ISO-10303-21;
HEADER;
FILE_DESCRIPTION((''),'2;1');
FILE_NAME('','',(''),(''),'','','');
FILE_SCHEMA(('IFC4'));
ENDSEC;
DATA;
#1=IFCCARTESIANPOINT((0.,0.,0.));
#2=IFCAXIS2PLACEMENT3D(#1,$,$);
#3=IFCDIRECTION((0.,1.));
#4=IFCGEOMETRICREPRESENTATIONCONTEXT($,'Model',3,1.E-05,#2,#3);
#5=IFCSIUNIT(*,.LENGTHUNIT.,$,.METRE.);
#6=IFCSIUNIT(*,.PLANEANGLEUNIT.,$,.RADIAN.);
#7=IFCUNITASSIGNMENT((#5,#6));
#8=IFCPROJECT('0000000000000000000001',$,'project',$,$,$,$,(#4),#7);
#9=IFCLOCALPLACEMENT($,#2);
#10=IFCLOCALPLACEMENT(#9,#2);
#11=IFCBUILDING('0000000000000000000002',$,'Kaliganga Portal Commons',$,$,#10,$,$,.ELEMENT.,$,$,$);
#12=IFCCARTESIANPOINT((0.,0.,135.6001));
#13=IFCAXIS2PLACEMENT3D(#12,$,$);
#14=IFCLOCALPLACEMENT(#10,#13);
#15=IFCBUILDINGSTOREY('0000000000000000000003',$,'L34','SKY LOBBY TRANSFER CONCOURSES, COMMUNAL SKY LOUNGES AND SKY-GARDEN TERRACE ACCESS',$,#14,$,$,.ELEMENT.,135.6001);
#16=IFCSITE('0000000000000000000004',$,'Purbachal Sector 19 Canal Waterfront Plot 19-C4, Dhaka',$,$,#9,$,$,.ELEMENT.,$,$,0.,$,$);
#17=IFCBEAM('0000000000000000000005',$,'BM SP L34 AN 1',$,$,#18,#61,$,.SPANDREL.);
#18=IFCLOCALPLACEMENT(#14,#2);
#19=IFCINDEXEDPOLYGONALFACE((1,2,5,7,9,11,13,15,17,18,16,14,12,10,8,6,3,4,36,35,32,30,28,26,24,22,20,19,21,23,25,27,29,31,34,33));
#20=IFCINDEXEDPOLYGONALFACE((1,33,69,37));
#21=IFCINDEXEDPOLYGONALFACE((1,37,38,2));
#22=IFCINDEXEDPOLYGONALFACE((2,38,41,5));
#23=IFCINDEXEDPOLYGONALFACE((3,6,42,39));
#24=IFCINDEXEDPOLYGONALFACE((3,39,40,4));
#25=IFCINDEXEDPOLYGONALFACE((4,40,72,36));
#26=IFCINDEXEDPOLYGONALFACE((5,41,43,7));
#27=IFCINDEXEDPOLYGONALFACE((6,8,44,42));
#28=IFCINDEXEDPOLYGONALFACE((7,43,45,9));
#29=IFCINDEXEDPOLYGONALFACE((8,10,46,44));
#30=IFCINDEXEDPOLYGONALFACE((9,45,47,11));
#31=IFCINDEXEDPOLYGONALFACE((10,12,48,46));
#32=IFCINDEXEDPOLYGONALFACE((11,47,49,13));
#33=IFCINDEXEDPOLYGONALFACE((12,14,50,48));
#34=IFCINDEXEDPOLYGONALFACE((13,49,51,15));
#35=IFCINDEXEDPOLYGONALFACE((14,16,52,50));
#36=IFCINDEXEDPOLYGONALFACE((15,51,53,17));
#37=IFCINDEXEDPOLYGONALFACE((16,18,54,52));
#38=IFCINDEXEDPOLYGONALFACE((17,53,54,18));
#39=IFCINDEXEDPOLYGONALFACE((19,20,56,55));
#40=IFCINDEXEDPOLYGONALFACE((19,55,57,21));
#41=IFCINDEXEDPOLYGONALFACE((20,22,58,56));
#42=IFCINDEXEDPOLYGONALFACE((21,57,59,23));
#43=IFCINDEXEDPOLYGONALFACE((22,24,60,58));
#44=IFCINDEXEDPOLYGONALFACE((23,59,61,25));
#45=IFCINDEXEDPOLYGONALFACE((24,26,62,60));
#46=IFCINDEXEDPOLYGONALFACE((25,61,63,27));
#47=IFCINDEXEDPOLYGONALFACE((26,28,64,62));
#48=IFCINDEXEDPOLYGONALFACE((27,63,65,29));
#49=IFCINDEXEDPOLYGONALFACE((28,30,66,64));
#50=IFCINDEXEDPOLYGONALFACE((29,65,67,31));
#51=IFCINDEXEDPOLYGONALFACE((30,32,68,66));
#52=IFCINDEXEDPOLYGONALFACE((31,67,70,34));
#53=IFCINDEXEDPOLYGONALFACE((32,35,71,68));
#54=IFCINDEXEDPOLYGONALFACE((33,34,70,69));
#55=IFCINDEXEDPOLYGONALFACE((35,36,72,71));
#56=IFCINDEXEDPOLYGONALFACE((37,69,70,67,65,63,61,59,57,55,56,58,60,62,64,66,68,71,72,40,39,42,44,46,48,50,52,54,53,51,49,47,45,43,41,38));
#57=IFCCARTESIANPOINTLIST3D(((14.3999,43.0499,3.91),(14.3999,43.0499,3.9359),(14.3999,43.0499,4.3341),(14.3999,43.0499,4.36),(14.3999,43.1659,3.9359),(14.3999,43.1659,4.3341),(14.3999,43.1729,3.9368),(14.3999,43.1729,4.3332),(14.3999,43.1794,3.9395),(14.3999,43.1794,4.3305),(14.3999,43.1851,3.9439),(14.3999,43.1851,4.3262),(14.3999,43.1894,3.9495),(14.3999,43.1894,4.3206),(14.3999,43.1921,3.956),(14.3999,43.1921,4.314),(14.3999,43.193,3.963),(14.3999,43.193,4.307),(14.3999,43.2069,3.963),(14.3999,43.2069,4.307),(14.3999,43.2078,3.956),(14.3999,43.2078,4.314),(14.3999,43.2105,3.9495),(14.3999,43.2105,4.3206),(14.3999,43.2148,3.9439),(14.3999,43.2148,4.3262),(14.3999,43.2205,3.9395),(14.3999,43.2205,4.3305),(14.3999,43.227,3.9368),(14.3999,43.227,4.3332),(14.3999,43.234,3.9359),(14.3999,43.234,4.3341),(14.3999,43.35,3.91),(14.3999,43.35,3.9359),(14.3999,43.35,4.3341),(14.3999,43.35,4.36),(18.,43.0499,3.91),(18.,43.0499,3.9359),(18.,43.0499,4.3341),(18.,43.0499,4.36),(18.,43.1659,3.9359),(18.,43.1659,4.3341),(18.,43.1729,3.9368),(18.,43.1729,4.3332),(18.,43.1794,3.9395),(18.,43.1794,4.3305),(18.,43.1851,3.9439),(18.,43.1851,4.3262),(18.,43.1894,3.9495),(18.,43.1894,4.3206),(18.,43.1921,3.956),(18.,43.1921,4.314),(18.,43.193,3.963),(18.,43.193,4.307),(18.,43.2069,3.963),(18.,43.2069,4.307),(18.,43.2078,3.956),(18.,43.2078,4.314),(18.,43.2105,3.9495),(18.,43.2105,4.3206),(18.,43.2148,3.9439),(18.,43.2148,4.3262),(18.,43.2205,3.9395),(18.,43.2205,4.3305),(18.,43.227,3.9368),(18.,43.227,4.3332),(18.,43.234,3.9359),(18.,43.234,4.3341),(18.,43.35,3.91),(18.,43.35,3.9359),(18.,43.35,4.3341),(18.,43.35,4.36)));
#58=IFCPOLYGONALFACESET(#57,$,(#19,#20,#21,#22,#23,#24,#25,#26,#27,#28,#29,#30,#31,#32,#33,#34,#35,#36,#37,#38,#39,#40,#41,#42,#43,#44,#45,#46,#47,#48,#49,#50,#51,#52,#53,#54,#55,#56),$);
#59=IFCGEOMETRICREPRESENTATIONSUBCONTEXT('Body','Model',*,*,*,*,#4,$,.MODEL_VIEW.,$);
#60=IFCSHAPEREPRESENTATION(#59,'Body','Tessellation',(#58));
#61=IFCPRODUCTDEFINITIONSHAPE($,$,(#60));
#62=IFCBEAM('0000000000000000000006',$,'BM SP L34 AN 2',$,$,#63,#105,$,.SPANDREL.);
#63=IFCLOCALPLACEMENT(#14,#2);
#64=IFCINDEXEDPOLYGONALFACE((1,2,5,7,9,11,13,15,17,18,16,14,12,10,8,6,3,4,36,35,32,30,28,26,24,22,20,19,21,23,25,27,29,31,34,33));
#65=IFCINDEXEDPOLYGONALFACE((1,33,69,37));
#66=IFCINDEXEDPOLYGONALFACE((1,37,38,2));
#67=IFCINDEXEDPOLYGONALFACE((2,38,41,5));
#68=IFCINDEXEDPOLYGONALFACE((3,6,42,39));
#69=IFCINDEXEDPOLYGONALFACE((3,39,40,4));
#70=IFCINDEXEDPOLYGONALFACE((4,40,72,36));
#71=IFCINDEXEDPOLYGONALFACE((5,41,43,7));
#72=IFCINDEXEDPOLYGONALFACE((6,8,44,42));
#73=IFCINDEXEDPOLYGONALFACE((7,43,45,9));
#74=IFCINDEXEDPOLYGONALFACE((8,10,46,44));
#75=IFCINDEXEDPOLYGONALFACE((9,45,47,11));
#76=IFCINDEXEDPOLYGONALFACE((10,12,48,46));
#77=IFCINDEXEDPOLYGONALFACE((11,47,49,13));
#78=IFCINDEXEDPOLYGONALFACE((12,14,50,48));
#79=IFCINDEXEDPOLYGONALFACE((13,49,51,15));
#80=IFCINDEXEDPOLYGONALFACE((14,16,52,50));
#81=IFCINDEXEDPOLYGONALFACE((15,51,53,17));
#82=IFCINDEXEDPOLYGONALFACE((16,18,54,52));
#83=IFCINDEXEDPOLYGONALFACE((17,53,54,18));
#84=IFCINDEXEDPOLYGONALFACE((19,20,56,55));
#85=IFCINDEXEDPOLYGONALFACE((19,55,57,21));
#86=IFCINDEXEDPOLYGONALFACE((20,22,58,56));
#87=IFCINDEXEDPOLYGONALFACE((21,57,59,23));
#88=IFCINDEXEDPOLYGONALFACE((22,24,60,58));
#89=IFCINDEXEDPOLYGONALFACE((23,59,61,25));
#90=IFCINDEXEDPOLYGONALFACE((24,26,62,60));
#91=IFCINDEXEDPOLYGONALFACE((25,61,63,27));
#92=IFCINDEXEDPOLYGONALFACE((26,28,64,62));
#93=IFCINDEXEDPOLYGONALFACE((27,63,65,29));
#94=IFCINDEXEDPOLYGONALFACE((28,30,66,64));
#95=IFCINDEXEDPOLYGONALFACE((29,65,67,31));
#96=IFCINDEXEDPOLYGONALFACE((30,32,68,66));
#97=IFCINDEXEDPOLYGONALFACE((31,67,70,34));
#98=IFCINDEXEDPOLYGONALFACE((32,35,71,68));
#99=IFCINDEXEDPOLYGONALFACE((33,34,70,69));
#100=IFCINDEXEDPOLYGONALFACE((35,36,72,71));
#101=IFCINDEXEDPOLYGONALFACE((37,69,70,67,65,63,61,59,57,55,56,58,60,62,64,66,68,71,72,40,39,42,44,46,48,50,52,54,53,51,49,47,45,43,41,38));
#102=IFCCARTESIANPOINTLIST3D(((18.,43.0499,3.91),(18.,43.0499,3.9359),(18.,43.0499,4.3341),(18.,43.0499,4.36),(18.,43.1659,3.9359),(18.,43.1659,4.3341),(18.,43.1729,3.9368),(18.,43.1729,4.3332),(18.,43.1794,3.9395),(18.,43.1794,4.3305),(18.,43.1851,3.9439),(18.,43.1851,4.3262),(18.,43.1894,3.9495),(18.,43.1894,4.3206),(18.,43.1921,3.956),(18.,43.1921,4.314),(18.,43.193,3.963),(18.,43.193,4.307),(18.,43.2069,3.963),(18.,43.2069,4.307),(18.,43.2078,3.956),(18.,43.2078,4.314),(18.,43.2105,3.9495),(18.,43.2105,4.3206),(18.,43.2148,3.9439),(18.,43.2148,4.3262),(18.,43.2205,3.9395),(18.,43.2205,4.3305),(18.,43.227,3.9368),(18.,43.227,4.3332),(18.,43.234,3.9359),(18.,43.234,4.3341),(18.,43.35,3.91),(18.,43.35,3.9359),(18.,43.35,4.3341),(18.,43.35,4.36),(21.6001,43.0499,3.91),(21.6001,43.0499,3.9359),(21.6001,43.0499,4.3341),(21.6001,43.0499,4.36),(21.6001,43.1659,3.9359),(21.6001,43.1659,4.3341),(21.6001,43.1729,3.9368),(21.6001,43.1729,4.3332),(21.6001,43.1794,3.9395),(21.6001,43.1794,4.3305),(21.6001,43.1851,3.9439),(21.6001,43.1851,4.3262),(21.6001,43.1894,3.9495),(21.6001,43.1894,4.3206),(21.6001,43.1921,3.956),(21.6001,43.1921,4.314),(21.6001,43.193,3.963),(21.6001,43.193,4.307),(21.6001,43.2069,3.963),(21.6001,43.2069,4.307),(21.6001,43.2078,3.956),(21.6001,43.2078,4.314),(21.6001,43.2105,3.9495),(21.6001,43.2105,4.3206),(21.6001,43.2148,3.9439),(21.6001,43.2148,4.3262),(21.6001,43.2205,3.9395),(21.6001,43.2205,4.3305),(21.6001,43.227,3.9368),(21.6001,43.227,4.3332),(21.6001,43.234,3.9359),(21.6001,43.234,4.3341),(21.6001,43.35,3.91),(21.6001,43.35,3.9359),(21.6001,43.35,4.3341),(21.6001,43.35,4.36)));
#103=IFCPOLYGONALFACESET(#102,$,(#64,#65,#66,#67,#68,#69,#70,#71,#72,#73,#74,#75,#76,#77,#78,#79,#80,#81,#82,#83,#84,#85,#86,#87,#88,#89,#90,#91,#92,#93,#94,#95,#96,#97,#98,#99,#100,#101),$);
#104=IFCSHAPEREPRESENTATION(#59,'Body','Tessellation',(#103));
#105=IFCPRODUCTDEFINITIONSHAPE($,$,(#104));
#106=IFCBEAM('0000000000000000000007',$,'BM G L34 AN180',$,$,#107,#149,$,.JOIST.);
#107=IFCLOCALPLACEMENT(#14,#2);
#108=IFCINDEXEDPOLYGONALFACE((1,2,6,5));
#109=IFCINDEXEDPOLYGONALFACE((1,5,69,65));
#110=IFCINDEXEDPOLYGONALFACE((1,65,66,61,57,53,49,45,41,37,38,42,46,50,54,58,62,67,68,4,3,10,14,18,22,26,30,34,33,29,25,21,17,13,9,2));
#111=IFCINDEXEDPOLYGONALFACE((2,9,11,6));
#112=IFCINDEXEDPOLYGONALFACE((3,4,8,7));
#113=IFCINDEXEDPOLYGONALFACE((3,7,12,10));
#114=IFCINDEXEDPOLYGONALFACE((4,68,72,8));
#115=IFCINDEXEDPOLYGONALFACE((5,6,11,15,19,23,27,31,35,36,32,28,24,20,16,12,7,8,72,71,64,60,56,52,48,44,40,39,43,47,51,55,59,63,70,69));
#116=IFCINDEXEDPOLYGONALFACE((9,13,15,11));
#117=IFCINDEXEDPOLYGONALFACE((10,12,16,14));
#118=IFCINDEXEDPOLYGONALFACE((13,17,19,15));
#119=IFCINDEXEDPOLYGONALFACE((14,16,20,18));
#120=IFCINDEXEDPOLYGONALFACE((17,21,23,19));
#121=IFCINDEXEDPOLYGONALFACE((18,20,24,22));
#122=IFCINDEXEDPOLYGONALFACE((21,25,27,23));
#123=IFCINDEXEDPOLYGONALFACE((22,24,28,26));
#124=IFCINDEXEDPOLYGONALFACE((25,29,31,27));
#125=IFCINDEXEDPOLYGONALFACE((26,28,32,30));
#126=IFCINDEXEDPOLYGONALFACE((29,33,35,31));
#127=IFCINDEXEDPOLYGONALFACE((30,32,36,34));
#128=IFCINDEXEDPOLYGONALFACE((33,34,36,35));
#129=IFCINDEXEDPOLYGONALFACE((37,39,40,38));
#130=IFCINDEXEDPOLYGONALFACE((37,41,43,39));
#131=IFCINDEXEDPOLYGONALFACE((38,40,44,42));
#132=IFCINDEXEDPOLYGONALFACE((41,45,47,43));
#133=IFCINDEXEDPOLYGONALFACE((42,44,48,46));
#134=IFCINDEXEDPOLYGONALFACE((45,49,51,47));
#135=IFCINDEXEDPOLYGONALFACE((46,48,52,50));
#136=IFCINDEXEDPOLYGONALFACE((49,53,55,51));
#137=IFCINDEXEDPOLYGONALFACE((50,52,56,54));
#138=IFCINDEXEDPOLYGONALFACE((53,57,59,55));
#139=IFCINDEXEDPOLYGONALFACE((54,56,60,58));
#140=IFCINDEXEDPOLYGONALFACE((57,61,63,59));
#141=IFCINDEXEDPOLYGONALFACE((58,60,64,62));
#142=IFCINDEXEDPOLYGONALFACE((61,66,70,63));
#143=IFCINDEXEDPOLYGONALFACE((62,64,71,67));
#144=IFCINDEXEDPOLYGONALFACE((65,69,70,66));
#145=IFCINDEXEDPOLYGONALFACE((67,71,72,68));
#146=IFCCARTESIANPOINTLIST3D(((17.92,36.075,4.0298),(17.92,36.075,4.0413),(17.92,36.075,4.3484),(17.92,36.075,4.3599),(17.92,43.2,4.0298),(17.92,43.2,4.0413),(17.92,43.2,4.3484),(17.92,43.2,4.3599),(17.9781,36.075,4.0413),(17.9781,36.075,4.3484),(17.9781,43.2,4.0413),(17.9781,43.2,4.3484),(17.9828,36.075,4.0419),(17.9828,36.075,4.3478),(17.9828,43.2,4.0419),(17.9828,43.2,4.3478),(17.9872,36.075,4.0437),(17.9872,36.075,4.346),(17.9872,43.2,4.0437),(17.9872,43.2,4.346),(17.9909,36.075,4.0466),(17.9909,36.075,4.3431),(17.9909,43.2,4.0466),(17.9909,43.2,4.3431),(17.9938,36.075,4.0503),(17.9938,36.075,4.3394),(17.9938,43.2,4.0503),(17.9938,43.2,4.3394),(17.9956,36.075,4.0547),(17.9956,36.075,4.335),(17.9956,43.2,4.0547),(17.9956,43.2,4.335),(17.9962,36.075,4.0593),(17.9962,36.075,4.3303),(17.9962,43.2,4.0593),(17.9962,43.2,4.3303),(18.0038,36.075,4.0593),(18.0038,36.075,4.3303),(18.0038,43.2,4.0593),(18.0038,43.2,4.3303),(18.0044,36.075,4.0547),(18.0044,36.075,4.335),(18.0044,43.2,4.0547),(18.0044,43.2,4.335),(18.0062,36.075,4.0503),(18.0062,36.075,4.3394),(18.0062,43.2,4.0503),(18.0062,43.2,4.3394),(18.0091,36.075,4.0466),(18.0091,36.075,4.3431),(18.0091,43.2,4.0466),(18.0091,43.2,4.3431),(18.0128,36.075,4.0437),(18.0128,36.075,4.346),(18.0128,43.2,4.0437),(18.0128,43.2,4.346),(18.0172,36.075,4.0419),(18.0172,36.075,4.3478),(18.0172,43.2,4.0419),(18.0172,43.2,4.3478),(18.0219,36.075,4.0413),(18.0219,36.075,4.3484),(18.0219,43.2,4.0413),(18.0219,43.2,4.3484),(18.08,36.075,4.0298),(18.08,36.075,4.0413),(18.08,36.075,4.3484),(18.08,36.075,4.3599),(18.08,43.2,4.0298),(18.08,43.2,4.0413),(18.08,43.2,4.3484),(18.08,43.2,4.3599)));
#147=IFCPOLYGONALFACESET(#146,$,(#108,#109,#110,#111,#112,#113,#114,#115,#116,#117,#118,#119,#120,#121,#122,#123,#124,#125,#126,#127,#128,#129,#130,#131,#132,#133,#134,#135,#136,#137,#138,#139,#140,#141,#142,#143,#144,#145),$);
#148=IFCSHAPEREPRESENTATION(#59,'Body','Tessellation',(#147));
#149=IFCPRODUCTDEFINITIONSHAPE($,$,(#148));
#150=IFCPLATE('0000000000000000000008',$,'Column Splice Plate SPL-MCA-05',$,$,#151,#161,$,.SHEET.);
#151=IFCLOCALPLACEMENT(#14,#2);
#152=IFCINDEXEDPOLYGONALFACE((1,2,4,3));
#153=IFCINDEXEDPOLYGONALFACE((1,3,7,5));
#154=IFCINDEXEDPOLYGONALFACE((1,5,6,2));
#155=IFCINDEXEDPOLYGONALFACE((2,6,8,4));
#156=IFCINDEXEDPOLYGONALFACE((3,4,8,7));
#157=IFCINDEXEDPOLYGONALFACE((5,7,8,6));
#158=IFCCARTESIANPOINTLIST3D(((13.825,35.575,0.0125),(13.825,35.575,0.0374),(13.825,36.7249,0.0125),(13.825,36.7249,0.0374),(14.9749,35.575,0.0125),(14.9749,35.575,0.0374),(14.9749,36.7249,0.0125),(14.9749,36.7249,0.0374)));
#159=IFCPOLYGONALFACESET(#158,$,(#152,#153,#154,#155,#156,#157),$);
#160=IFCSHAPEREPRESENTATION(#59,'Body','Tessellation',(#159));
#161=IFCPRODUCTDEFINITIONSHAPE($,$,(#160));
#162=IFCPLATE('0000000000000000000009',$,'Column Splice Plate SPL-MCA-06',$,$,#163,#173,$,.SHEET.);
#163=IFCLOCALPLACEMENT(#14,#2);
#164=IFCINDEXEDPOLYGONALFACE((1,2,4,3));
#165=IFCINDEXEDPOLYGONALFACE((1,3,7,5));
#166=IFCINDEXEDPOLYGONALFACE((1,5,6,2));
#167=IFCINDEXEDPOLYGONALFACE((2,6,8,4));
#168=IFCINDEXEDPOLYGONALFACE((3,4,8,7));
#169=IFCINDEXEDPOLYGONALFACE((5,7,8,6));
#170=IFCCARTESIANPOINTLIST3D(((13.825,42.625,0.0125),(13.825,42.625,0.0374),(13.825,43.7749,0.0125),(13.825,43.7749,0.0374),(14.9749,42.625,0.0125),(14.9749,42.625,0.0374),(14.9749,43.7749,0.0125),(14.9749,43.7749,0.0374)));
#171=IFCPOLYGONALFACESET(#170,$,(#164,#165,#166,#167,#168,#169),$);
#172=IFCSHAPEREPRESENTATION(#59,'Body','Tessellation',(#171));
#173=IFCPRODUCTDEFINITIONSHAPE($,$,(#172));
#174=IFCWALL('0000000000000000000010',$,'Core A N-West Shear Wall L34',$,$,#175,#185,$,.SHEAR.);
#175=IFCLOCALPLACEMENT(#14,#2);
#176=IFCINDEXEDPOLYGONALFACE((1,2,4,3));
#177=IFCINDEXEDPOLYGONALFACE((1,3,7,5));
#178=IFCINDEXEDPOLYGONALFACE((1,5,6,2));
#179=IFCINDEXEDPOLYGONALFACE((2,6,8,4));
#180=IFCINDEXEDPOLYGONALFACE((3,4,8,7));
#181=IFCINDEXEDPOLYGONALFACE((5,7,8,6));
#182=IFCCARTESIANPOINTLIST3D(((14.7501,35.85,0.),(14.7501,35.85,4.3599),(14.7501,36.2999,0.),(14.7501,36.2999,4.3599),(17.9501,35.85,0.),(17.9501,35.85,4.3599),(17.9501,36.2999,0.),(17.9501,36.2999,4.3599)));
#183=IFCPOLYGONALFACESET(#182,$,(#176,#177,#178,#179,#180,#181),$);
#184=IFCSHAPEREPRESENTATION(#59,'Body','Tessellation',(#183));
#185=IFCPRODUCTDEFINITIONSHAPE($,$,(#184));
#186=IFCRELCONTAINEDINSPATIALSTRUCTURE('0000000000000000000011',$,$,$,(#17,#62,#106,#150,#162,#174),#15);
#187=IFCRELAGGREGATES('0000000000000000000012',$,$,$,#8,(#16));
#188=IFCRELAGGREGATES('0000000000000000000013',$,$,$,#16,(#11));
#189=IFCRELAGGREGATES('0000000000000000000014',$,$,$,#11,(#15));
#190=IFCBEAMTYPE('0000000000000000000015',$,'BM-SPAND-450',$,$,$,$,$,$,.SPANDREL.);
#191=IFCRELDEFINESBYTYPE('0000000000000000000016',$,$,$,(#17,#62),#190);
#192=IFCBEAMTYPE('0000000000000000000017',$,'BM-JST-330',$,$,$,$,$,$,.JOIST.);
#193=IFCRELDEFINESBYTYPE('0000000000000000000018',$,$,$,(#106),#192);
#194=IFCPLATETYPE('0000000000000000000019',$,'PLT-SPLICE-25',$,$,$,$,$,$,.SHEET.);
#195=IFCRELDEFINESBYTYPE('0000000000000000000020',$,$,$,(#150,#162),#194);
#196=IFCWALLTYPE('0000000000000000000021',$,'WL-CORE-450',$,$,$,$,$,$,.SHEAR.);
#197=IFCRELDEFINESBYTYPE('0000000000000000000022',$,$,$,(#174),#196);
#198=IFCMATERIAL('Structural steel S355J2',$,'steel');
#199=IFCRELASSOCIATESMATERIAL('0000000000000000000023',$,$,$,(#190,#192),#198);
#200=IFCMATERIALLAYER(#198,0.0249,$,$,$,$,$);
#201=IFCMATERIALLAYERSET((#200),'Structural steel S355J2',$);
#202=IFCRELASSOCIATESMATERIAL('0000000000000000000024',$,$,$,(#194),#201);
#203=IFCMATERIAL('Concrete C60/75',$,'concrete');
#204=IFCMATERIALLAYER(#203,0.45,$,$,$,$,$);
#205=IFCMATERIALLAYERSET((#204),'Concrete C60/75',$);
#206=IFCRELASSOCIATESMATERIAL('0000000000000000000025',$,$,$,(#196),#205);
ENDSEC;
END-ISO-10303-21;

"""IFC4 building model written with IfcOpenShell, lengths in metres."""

from ifc_helpers import new_model, si_unit, direction, frame, frame_2d, origin, origin_2d, place, context, subcontext, project, spatial, rectangle, i_section, extrude, source, transform, mapped, material, layer, layer_set, material_profile, profile_set, type_object, element, save


model = new_model("IFC4")

# Units and contexts
model_context = context("Model", 3, precision=1e-05, world=origin(), true_north=direction((0.0, 1.0)))
body_context = subcontext(model_context, "Body", "Model", "MODEL_VIEW")
ifc_project = project(units=[si_unit("LENGTHUNIT", "METRE"), si_unit("PLANEANGLEUNIT", "RADIAN")], contexts=[model_context])

# Site, building, storey
site_placement = place(None, origin())
site = spatial("IfcSite", under=ifc_project, at=site_placement, Name="Purbachal Sector 19 Canal Waterfront Plot 19-C4, Dhaka", CompositionType="ELEMENT", RefElevation=0.0)
building_placement = place(site_placement, origin())
building = spatial("IfcBuilding", under=site, at=building_placement, Name="Kaliganga Portal Commons", CompositionType="ELEMENT")
storey_placement = place(building_placement, frame((0.0, 0.0, 135.6001)))
storey = spatial("IfcBuildingStorey", under=building, at=storey_placement, Name="L34", Description="SKY LOBBY TRANSFER CONCOURSES, COMMUNAL SKY LOUNGES AND SKY-GARDEN TERRACE ACCESS", CompositionType="ELEMENT", Elevation=135.6001)

# Shared definitions
ifc_material_1 = material(Name="Concrete C60/75", Category="concrete")

# Beams
ifc_material_2 = material(Name="Structural steel S355J2", Category="steel")
ifc_material_profile_1 = material_profile(ifc_material_2, i_section(OverallWidth=0.3, OverallDepth=0.45, WebThickness=0.0139, FlangeThickness=0.0259, FilletRadius=0.0271, at=origin_2d()), Name="HE 450 B")
ifc_profile_set_1 = profile_set([ifc_material_profile_1], Name="Structural steel S355J2 wide-flange")
beam_type_1 = type_object("IfcBeamType", Name="BM-SPAND-450", PredefinedType="SPANDREL", material=ifc_profile_set_1)
shared_shape_1 = source(origin(), body_context, "Body", "SweptSolid", [
    extrude(i_section(OverallWidth=0.3, OverallDepth=0.45, WebThickness=0.0139, FlangeThickness=0.0259, FilletRadius=0.0271, at=origin_2d()), origin(), (0.0, 0.0, 1.0), 3.6001),
])
for number, where, z_axis, x_axis, name in (
    (1, (14.3999, 43.2, 4.135), (1.0, 0.0, 0.0), (0.0, 1.0, 0.0), "BM SP L34 AN 1"),
    (2, (18.0, 43.2, 4.135), (1.0, 0.0, 0.0), (0.0, 1.0, 0.0), "BM SP L34 AN 2"),
):
    element("IfcBeam", number, at=place(storey_placement, frame(where, z_axis=z_axis, x_axis=x_axis)), inside=storey, type_object=beam_type_1, Name=name, PredefinedType="SPANDREL", context=body_context, shape_type="MappedRepresentation", body=[
        mapped(shared_shape_1, transform((0.0, 0.0, 0.0), x_axis=(1.0, 0.0, 0.0), y_axis=(0.0, 1.0, 0.0), z_axis=(0.0, 0.0, 1.0), scale=1.0)),
    ])
ifc_material_profile_2 = material_profile(ifc_material_2, i_section(OverallWidth=0.1599, OverallDepth=0.3301, WebThickness=0.0076, FlangeThickness=0.0115, FilletRadius=0.0181, at=origin_2d()), Name="IPE 330")
ifc_profile_set_2 = profile_set([ifc_material_profile_2], Name="Structural steel S355J2 wide-flange")
beam_type_2 = type_object("IfcBeamType", Name="BM-JST-330", PredefinedType="JOIST", material=ifc_profile_set_2)
shared_shape_2 = source(origin(), body_context, "Body", "SweptSolid", [
    extrude(i_section(OverallWidth=0.1599, OverallDepth=0.3301, WebThickness=0.0076, FlangeThickness=0.0115, FilletRadius=0.0181, at=origin_2d()), origin(), (0.0, 0.0, 1.0), 7.125),
])
beam_1_placement = place(storey_placement, frame((18.0, 36.075, 4.1948), z_axis=(0.0, 1.0, 0.0), x_axis=(-1.0, 0.0, 0.0)))
element("IfcBeam", 3, at=beam_1_placement, inside=storey, type_object=beam_type_2, Name="BM G L34 AN180", PredefinedType="JOIST", context=body_context, shape_type="MappedRepresentation", body=[
    mapped(shared_shape_2, transform((0.0, 0.0, 0.0), x_axis=(1.0, 0.0, 0.0), y_axis=(0.0, 1.0, 0.0), z_axis=(0.0, 0.0, 1.0), scale=1.0)),
])

# Plates
ifc_layer_1 = layer(ifc_material_2, 0.0249)
ifc_layer_set_1 = layer_set([ifc_layer_1], Name="Structural steel S355J2")
plate_type = type_object("IfcPlateType", Name="PLT-SPLICE-25", PredefinedType="SHEET", material=ifc_layer_set_1)
shared_shape_3 = source(origin(), body_context, "Body", "SweptSolid", [
    extrude(rectangle(XDim=1.1499, YDim=1.1499, at=origin_2d()), origin(), (0.0, 0.0, 1.0), 0.0249),
])
for number, where, z_axis, x_axis, name in (
    (4, (14.3999, 36.1499, 0.0125), (0.0, 0.0, 1.0), (1.0, 0.0, 0.0), "Column Splice Plate SPL-MCA-05"),
    (5, (14.3999, 43.2, 0.0125), (0.0, 0.0, 1.0), (1.0, 0.0, 0.0), "Column Splice Plate SPL-MCA-06"),
):
    element("IfcPlate", number, at=place(storey_placement, frame(where, z_axis=z_axis, x_axis=x_axis)), inside=storey, type_object=plate_type, Name=name, PredefinedType="SHEET", context=body_context, shape_type="MappedRepresentation", body=[
        mapped(shared_shape_3, transform((0.0, 0.0, 0.0), x_axis=(1.0, 0.0, 0.0), y_axis=(0.0, 1.0, 0.0), z_axis=(0.0, 0.0, 1.0), scale=1.0)),
    ])

# Wall
ifc_layer_2 = layer(ifc_material_1, 0.45)
ifc_layer_set_2 = layer_set([ifc_layer_2], Name="Concrete C60/75")
wall_type_1 = type_object("IfcWallType", Name="WL-CORE-450", PredefinedType="SHEAR", material=ifc_layer_set_2)
wall_1_placement = place(storey_placement, frame((14.75, 36.075, 0.0), z_axis=(0.0, 0.0, 1.0), x_axis=(1.0, 0.0, 0.0)))
element("IfcWall", 6, at=wall_1_placement, inside=storey, type_object=wall_type_1, Name="Core A N-West Shear Wall L34", PredefinedType="SHEAR", context=body_context, shape_type="SweptSolid", body=[
    extrude(rectangle(XDim=3.2, YDim=0.45, at=frame_2d((1.6001, 0.0))), origin(), (0.0, 0.0, 1.0), 4.3599),
])

save(model, "model.ifc")
